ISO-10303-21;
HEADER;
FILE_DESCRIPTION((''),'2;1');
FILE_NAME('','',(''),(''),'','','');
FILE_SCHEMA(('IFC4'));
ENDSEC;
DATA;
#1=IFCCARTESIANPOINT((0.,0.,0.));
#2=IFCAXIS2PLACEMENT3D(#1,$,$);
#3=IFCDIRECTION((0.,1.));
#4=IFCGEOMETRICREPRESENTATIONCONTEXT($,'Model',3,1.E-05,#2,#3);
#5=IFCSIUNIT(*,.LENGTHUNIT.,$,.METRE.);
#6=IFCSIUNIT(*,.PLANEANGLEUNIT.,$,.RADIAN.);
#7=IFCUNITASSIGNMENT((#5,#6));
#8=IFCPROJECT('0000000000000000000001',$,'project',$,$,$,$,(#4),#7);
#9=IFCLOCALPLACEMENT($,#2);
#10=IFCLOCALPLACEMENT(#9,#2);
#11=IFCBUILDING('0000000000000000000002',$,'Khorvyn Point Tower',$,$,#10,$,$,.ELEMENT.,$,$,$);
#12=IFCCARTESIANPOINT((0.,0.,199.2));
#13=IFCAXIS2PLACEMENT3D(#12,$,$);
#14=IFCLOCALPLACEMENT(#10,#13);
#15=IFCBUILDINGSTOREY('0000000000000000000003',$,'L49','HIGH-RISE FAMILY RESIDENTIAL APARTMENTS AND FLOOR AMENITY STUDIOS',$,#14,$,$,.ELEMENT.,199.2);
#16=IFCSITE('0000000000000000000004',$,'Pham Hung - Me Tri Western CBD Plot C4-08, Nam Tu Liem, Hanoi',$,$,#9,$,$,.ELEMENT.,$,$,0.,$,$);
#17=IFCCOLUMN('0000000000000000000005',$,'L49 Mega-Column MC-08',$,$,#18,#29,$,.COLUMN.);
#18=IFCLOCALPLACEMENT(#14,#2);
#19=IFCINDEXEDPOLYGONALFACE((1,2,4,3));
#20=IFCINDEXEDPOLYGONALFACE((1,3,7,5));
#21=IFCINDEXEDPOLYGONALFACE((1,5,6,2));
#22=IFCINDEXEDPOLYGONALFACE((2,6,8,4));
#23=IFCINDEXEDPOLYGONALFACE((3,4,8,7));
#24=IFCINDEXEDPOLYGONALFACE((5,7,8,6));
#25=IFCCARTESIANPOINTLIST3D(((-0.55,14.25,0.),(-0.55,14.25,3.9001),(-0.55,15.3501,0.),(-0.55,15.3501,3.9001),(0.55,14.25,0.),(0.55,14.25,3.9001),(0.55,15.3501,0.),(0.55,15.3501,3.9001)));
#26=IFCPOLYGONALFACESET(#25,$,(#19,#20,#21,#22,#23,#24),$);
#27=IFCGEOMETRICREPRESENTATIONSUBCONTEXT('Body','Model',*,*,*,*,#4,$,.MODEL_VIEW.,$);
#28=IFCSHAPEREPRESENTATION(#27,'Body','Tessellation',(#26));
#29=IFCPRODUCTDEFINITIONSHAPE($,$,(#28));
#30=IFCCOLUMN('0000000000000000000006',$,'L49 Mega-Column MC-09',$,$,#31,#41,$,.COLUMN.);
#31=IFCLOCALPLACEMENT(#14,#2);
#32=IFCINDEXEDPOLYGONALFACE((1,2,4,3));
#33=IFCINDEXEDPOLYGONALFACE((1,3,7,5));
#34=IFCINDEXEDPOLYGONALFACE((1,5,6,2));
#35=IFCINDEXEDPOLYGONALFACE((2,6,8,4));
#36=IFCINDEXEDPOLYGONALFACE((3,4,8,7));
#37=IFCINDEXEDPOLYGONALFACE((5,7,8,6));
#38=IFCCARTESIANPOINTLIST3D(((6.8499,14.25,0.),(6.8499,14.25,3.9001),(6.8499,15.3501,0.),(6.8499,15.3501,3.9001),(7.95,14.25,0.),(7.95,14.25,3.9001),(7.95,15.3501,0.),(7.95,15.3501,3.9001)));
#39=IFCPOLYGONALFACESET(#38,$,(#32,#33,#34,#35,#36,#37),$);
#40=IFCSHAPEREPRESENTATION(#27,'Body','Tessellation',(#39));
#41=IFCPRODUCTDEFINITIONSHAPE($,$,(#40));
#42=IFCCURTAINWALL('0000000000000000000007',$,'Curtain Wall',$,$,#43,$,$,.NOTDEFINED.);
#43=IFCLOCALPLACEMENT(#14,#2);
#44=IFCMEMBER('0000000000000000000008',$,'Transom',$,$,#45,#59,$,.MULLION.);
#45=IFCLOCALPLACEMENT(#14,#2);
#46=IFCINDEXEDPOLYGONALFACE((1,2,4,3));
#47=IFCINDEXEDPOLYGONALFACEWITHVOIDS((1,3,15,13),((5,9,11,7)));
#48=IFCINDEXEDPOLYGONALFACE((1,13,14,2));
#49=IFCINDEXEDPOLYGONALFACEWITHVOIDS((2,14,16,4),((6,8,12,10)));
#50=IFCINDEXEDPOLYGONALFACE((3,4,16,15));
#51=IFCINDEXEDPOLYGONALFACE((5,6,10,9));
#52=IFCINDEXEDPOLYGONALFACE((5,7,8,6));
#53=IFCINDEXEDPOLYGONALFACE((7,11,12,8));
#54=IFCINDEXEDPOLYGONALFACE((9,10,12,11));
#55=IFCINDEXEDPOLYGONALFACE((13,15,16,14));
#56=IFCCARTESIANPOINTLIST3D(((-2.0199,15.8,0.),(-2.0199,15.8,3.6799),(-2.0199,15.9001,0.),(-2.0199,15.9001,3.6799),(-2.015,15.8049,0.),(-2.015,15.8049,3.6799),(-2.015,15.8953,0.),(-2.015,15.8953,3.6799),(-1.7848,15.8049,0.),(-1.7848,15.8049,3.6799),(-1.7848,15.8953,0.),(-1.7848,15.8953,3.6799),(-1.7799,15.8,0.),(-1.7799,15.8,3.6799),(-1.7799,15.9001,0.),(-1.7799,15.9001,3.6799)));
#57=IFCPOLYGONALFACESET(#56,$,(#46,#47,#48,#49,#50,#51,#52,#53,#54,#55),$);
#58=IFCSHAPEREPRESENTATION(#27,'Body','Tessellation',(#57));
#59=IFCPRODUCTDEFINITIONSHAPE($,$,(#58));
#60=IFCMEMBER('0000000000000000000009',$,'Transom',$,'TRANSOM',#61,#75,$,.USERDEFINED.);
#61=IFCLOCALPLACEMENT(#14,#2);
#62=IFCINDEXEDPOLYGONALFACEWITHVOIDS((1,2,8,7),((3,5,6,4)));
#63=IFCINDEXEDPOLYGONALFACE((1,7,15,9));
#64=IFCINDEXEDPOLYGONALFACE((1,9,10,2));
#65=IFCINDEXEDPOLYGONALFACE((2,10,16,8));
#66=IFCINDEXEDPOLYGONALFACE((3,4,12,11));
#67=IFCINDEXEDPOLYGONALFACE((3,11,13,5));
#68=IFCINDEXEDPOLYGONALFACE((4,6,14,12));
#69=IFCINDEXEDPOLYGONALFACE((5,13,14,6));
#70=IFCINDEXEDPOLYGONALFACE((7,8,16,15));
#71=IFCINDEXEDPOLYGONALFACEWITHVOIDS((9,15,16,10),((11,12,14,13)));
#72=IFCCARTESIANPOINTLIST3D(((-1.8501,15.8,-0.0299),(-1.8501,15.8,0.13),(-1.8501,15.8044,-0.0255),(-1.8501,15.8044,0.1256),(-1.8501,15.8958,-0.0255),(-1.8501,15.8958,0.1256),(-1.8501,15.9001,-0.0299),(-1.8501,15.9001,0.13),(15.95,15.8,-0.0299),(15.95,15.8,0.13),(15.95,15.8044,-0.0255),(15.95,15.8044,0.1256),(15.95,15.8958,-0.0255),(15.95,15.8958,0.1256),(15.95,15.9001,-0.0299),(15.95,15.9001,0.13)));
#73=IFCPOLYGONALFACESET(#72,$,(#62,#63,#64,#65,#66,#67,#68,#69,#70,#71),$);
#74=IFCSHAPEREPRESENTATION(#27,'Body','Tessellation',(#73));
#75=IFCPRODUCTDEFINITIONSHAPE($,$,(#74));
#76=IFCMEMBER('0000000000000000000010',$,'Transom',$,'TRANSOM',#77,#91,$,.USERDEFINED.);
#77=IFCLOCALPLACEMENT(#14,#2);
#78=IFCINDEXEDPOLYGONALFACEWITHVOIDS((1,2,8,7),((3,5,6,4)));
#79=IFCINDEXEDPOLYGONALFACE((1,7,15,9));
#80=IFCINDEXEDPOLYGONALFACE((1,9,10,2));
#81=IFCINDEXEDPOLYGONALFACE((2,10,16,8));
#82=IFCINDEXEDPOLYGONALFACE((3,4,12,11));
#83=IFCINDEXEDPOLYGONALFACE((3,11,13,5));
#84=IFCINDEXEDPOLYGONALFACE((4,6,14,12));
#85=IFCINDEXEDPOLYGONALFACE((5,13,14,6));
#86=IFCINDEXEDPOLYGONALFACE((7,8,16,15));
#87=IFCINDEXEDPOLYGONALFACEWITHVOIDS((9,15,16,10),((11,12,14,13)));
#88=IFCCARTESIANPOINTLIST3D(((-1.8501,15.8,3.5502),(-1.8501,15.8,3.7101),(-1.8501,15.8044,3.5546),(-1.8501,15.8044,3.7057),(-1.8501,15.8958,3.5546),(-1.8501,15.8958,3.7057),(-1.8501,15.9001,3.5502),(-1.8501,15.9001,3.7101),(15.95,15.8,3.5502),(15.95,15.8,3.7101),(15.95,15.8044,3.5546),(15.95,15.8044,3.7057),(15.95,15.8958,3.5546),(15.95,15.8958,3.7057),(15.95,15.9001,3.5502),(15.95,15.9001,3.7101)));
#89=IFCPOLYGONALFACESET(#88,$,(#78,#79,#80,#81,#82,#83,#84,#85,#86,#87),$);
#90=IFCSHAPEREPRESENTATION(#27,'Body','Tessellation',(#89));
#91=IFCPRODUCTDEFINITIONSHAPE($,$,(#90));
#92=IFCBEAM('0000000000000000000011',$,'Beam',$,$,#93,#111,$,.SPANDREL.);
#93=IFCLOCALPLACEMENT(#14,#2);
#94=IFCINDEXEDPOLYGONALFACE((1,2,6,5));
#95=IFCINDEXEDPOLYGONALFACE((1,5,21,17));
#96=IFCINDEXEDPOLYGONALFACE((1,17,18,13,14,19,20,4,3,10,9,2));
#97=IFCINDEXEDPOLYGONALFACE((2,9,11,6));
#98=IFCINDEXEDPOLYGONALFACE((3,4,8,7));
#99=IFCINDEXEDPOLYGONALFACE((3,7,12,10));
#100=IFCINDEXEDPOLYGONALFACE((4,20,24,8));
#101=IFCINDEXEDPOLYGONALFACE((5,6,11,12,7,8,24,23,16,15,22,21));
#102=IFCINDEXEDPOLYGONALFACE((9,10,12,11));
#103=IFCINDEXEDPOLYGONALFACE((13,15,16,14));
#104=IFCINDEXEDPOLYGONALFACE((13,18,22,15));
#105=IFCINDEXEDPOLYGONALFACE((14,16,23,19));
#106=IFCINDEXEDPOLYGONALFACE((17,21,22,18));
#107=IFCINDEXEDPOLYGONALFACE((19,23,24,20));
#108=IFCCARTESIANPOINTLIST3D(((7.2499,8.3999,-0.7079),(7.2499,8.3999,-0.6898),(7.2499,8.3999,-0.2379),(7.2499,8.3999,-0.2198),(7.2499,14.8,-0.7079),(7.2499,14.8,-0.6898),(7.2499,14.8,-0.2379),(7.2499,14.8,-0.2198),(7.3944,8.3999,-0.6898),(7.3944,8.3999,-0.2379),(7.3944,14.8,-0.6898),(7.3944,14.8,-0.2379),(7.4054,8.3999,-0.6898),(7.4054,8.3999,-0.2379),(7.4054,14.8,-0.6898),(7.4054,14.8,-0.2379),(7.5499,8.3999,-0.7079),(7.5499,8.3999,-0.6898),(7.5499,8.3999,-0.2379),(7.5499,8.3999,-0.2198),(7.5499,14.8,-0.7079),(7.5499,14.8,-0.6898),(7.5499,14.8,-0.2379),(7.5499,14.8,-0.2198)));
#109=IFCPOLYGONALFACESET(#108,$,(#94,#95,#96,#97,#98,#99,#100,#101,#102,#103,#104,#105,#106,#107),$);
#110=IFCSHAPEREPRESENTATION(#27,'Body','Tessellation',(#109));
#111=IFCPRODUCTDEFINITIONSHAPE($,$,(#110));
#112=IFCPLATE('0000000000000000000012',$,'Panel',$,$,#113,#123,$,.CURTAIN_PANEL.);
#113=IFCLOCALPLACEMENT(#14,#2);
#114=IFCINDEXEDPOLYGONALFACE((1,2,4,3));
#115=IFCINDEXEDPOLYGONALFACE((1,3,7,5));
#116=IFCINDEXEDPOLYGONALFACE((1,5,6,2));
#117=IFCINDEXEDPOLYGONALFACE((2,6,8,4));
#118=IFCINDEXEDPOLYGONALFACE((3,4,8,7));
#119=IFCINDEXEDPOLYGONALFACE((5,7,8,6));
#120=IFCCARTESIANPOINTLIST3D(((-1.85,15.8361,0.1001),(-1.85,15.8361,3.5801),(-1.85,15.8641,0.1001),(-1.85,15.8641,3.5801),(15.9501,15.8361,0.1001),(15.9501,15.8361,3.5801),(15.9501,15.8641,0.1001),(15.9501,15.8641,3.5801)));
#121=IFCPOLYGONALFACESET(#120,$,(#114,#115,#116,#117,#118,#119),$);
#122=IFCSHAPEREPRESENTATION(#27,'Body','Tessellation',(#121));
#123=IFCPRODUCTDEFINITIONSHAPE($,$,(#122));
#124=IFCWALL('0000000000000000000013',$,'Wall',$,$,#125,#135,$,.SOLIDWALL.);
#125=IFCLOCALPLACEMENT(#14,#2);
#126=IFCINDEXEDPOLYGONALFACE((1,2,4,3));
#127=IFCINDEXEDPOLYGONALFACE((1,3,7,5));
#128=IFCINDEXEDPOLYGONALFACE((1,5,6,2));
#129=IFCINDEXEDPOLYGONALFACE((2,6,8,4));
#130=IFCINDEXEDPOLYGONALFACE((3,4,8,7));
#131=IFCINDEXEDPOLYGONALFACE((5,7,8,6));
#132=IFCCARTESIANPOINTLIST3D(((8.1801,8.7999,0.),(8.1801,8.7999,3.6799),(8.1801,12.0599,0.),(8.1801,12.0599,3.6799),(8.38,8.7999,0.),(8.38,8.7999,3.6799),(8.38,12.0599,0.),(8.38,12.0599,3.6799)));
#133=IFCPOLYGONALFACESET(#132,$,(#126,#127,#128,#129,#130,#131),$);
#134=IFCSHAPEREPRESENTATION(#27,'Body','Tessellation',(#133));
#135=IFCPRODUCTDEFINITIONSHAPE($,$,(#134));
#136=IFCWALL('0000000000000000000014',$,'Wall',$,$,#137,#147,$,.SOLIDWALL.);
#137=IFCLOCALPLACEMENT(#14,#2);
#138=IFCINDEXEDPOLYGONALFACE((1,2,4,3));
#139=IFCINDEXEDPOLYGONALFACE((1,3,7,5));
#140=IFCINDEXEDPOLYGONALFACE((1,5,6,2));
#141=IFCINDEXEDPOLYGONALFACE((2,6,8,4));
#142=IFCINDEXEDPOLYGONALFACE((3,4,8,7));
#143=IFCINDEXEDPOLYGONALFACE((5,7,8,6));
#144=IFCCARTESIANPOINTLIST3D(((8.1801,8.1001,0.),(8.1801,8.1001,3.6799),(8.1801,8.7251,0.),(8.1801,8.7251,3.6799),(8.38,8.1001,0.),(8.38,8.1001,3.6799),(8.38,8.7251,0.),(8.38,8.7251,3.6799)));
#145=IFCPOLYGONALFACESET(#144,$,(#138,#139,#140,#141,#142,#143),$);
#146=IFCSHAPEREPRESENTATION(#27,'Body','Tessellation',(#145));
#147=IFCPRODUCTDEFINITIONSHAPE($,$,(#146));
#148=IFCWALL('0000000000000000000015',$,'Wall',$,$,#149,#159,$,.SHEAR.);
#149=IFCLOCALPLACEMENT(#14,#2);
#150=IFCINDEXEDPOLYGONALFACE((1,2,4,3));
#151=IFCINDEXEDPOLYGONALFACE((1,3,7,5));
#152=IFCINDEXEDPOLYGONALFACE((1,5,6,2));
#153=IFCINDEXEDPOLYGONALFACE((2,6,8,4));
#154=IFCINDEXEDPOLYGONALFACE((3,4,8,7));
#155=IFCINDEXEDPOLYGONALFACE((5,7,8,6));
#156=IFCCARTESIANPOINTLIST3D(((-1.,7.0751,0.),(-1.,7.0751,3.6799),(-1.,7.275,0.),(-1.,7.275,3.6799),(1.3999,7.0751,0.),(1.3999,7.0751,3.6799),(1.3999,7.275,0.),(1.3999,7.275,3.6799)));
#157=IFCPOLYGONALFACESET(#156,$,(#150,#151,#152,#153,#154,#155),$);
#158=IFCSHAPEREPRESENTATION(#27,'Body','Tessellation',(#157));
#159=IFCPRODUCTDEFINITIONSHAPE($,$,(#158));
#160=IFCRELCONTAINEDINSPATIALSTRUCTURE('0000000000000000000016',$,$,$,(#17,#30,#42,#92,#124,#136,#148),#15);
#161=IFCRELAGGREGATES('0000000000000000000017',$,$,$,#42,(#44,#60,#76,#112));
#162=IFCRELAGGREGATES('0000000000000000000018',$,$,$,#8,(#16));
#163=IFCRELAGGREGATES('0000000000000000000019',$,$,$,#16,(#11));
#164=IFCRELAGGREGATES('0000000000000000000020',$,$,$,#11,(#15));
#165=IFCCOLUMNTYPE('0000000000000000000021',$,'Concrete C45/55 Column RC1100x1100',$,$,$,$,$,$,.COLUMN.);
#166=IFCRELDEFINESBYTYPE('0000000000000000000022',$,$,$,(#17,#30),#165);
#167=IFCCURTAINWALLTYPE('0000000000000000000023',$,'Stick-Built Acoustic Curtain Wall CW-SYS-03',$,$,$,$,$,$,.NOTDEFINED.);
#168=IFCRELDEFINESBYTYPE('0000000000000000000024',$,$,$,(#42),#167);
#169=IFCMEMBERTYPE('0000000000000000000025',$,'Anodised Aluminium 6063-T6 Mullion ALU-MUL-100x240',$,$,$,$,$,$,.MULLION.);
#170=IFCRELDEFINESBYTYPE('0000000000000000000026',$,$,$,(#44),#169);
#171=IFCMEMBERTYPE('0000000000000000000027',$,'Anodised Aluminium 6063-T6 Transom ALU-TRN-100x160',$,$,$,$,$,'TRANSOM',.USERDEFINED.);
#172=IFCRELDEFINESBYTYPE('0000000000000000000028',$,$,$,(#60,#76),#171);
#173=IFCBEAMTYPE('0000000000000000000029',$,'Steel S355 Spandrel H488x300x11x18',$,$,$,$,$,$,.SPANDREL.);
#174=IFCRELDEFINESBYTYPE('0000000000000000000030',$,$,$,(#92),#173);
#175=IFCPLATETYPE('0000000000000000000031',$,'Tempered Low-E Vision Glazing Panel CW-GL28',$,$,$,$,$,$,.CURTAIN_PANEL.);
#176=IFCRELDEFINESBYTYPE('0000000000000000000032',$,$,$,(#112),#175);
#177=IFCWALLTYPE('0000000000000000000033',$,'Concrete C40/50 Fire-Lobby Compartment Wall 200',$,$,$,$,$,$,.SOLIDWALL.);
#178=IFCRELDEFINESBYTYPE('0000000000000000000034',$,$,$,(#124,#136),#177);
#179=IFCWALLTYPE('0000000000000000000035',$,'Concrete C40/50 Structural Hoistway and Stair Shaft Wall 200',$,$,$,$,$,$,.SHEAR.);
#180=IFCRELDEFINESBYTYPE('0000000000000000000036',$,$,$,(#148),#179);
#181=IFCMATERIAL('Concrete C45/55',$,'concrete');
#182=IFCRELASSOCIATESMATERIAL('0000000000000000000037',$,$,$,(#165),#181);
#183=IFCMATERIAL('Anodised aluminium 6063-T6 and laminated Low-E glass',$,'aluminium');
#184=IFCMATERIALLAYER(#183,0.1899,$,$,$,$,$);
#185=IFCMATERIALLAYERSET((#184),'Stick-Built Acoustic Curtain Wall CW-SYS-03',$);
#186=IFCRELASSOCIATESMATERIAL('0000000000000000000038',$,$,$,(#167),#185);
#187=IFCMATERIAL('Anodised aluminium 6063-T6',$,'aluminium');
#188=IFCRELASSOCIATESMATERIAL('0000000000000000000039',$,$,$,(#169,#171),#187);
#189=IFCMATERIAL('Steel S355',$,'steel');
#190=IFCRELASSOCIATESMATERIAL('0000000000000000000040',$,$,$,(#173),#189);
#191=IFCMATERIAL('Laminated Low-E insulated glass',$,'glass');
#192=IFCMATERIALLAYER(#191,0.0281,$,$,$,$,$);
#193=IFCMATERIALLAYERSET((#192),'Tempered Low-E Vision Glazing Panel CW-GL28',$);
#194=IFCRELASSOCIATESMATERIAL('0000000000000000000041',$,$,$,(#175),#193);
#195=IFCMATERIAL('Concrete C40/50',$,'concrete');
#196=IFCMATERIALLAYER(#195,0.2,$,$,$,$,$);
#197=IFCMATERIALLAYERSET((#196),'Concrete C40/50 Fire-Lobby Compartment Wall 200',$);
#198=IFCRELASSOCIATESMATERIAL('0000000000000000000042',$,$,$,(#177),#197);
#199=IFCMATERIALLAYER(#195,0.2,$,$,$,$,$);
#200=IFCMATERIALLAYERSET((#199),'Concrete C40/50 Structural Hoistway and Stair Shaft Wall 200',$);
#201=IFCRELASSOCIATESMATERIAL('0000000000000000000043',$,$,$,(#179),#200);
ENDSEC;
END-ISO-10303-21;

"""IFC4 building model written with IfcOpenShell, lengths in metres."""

from ifc_helpers import new_model, si_unit, direction, frame, frame_2d, origin, origin_2d, place, context, subcontext, project, spatial, rectangle, hollow_rectangle, i_section, extrude, material, layer, layer_set, material_profile, profile_set, type_object, element, aggregate, save


model = new_model("IFC4")

# Units and contexts
model_context = context("Model", 3, precision=1e-05, world=origin(), true_north=direction((0.0, 1.0)))
body_context = subcontext(model_context, "Body", "Model", "MODEL_VIEW")
ifc_project = project(units=[si_unit("LENGTHUNIT", "METRE"), si_unit("PLANEANGLEUNIT", "RADIAN")], contexts=[model_context])

# Site, building, storey
site_placement = place(None, origin())
site = spatial("IfcSite", under=ifc_project, at=site_placement, Name="Pham Hung - Me Tri Western CBD Plot C4-08, Nam Tu Liem, Hanoi", CompositionType="ELEMENT", RefElevation=0.0)
building_placement = place(site_placement, origin())
building = spatial("IfcBuilding", under=site, at=building_placement, Name="Khorvyn Point Tower", CompositionType="ELEMENT")
storey_placement = place(building_placement, frame((0.0, 0.0, 199.2)))
storey = spatial("IfcBuildingStorey", under=building, at=storey_placement, Name="L49", Description="HIGH-RISE FAMILY RESIDENTIAL APARTMENTS AND FLOOR AMENITY STUDIOS", CompositionType="ELEMENT", Elevation=199.2)

# Columns
ifc_material_1 = material(Name="Concrete C45/55", Category="concrete")
ifc_material_profile_1 = material_profile(ifc_material_1, rectangle(XDim=1.1001, YDim=1.1001, at=origin_2d()))
ifc_profile_set_1 = profile_set([ifc_material_profile_1], Name="Concrete C45/55 RC1100x1100")
column_type = type_object("IfcColumnType", Name="Concrete C45/55 Column RC1100x1100", PredefinedType="COLUMN", material=ifc_profile_set_1)
for number, where, z_axis, x_axis, name in (
    (1, (0.0, 14.8, 0.0), (0.0, 0.0, 1.0), (1.0, 0.0, 0.0), "L49 Mega-Column MC-08"),
    (2, (7.3999, 14.8, 0.0), (0.0, 0.0, 1.0), (1.0, 0.0, 0.0), "L49 Mega-Column MC-09"),
):
    element("IfcColumn", number, at=place(storey_placement, frame(where, z_axis=z_axis, x_axis=x_axis)), inside=storey, type_object=column_type, Name=name, PredefinedType="COLUMN", context=body_context, shape_type="SweptSolid", body=[
        extrude(rectangle(XDim=1.1001, YDim=1.1001, at=origin_2d()), origin(), (0.0, 0.0, 1.0), 3.9001),
    ])

# Curtain wall, members
ifc_material_2 = material(Name="Anodised aluminium 6063-T6 and laminated Low-E glass", Category="aluminium")
ifc_layer_1 = layer(ifc_material_2, 0.1899)
ifc_layer_set_1 = layer_set([ifc_layer_1], Name="Stick-Built Acoustic Curtain Wall CW-SYS-03")
curtain_wall_type = type_object("IfcCurtainWallType", Name="Stick-Built Acoustic Curtain Wall CW-SYS-03", PredefinedType="NOTDEFINED", material=ifc_layer_set_1)
curtain_wall_placement = place(storey_placement, origin())
curtain_wall = element("IfcCurtainWall", 3, at=curtain_wall_placement, inside=storey, type_object=curtain_wall_type, Name="Curtain Wall", PredefinedType="NOTDEFINED")
ifc_material_3 = material(Name="Anodised aluminium 6063-T6", Category="aluminium")
ifc_material_profile_2 = material_profile(ifc_material_3, hollow_rectangle(XDim=0.1001, YDim=0.24, WallThickness=0.0049, at=origin_2d()))
ifc_profile_set_2 = profile_set([ifc_material_profile_2], Name="Anodised aluminium 6063-T6 ALU-MUL-100x240")
member_type_1 = type_object("IfcMemberType", Name="Anodised Aluminium 6063-T6 Mullion ALU-MUL-100x240", PredefinedType="MULLION", material=ifc_profile_set_2)
member_1_placement = place(storey_placement, frame((-1.8999, 15.8501, 0.0), z_axis=(0.0, 0.0, 1.0), x_axis=(0.0, 1.0, 0.0)))
member_1 = element("IfcMember", 4, at=member_1_placement, type_object=member_type_1, Name="Transom", PredefinedType="MULLION", context=body_context, shape_type="SweptSolid", body=[
    extrude(hollow_rectangle(XDim=0.1001, YDim=0.24, WallThickness=0.0049, at=origin_2d()), origin(), (0.0, 0.0, 1.0), 3.6799),
])
ifc_material_profile_3 = material_profile(ifc_material_3, hollow_rectangle(XDim=0.1001, YDim=0.1599, WallThickness=0.0044, at=origin_2d()))
ifc_profile_set_3 = profile_set([ifc_material_profile_3], Name="Anodised aluminium 6063-T6 ALU-TRN-100x160")
member_type_2 = type_object("IfcMemberType", Name="Anodised Aluminium 6063-T6 Transom ALU-TRN-100x160", ElementType="TRANSOM", PredefinedType="USERDEFINED", material=ifc_profile_set_3)
member_2_placement = place(storey_placement, frame((-1.8501, 15.8501, 0.05), z_axis=(1.0, 0.0, 0.0), x_axis=(0.0, 1.0, 0.0)))
member_2 = element("IfcMember", 5, at=member_2_placement, type_object=member_type_2, Name="Transom", ObjectType="TRANSOM", PredefinedType="USERDEFINED", context=body_context, shape_type="SweptSolid", body=[
    extrude(hollow_rectangle(XDim=0.1001, YDim=0.1599, WallThickness=0.0044, at=origin_2d()), origin(), (0.0, 0.0, 1.0), 17.8),
])
member_3_placement = place(storey_placement, frame((-1.8501, 15.8501, 3.6301), z_axis=(1.0, 0.0, 0.0), x_axis=(0.0, 1.0, 0.0)))
member_3 = element("IfcMember", 6, at=member_3_placement, type_object=member_type_2, Name="Transom", ObjectType="TRANSOM", PredefinedType="USERDEFINED", context=body_context, shape_type="SweptSolid", body=[
    extrude(hollow_rectangle(XDim=0.1001, YDim=0.1599, WallThickness=0.0044, at=origin_2d()), origin(), (0.0, 0.0, 1.0), 17.8),
])

# Beam
ifc_material_4 = material(Name="Steel S355", Category="steel")
ifc_material_profile_4 = material_profile(ifc_material_4, i_section(OverallWidth=0.3, OverallDepth=0.488, WebThickness=0.011, FlangeThickness=0.0181, at=origin_2d()))
ifc_profile_set_4 = profile_set([ifc_material_profile_4], Name="Steel S355 H488x300x11x18")
beam_type = type_object("IfcBeamType", Name="Steel S355 Spandrel H488x300x11x18", PredefinedType="SPANDREL", material=ifc_profile_set_4)
beam_placement = place(storey_placement, frame((7.3999, 8.3999, -0.4639), z_axis=(0.0, 1.0, 0.0), x_axis=(-1.0, 0.0, 0.0)))
element("IfcBeam", 7, at=beam_placement, inside=storey, type_object=beam_type, Name="Beam", PredefinedType="SPANDREL", context=body_context, shape_type="SweptSolid", body=[
    extrude(i_section(OverallWidth=0.3, OverallDepth=0.488, WebThickness=0.011, FlangeThickness=0.0181, at=origin_2d()), origin(), (0.0, 0.0, 1.0), 6.4001),
])

# Plate
ifc_material_5 = material(Name="Laminated Low-E insulated glass", Category="glass")
ifc_layer_2 = layer(ifc_material_5, 0.0281)
ifc_layer_set_2 = layer_set([ifc_layer_2], Name="Tempered Low-E Vision Glazing Panel CW-GL28")
plate_type = type_object("IfcPlateType", Name="Tempered Low-E Vision Glazing Panel CW-GL28", PredefinedType="CURTAIN_PANEL", material=ifc_layer_set_2)
plate_placement = place(storey_placement, frame((7.05, 15.8501, 0.1001), z_axis=(0.0, 0.0, 1.0), x_axis=(1.0, 0.0, 0.0)))
plate = element("IfcPlate", 8, at=plate_placement, type_object=plate_type, Name="Panel", PredefinedType="CURTAIN_PANEL", context=body_context, shape_type="SweptSolid", body=[
    extrude(rectangle(XDim=17.8, YDim=0.0281, at=origin_2d()), origin(), (0.0, 0.0, 1.0), 3.48),
])
aggregate(curtain_wall, [member_1, member_2, member_3, plate])

# Shared definitions
ifc_material_6 = material(Name="Concrete C40/50", Category="concrete")
ifc_layer_3 = layer(ifc_material_6, 0.2)
ifc_layer_set_3 = layer_set([ifc_layer_3], Name="Concrete C40/50 Fire-Lobby Compartment Wall 200")
wall_type_1 = type_object("IfcWallType", Name="Concrete C40/50 Fire-Lobby Compartment Wall 200", PredefinedType="SOLIDWALL", material=ifc_layer_set_3)

# Walls
wall_1_placement = place(storey_placement, frame((8.28, 8.8, 0.0), z_axis=(0.0, 0.0, 1.0), x_axis=(0.0, 1.0, 0.0)))
element("IfcWall", 9, at=wall_1_placement, inside=storey, type_object=wall_type_1, Name="Wall", PredefinedType="SOLIDWALL", context=body_context, shape_type="SweptSolid", body=[
    extrude(rectangle(XDim=3.26, YDim=0.2, at=frame_2d((1.6299, 0.0))), origin(), (0.0, 0.0, 1.0), 3.6799),
])
wall_2_placement = place(storey_placement, frame((8.28, 8.1001, 0.0), z_axis=(0.0, 0.0, 1.0), x_axis=(0.0, 1.0, 0.0)))
element("IfcWall", 10, at=wall_2_placement, inside=storey, type_object=wall_type_1, Name="Wall", PredefinedType="SOLIDWALL", context=body_context, shape_type="SweptSolid", body=[
    extrude(rectangle(XDim=0.625, YDim=0.2, at=frame_2d((0.3125, 0.0))), origin(), (0.0, 0.0, 1.0), 3.6799),
])

# Wall
ifc_layer_4 = layer(ifc_material_6, 0.2)
ifc_layer_set_4 = layer_set([ifc_layer_4], Name="Concrete C40/50 Structural Hoistway and Stair Shaft Wall 200")
wall_type_2 = type_object("IfcWallType", Name="Concrete C40/50 Structural Hoistway and Stair Shaft Wall 200", PredefinedType="SHEAR", material=ifc_layer_set_4)
wall_3_placement = place(storey_placement, frame((-1.0, 7.175, 0.0), z_axis=(0.0, 0.0, 1.0), x_axis=(1.0, 0.0, 0.0)))
element("IfcWall", 11, at=wall_3_placement, inside=storey, type_object=wall_type_2, Name="Wall", PredefinedType="SHEAR", context=body_context, shape_type="SweptSolid", body=[
    extrude(rectangle(XDim=2.3999, YDim=0.2, at=frame_2d((1.2, 0.0))), origin(), (0.0, 0.0, 1.0), 3.6799),
])

save(model, "model.ifc")
